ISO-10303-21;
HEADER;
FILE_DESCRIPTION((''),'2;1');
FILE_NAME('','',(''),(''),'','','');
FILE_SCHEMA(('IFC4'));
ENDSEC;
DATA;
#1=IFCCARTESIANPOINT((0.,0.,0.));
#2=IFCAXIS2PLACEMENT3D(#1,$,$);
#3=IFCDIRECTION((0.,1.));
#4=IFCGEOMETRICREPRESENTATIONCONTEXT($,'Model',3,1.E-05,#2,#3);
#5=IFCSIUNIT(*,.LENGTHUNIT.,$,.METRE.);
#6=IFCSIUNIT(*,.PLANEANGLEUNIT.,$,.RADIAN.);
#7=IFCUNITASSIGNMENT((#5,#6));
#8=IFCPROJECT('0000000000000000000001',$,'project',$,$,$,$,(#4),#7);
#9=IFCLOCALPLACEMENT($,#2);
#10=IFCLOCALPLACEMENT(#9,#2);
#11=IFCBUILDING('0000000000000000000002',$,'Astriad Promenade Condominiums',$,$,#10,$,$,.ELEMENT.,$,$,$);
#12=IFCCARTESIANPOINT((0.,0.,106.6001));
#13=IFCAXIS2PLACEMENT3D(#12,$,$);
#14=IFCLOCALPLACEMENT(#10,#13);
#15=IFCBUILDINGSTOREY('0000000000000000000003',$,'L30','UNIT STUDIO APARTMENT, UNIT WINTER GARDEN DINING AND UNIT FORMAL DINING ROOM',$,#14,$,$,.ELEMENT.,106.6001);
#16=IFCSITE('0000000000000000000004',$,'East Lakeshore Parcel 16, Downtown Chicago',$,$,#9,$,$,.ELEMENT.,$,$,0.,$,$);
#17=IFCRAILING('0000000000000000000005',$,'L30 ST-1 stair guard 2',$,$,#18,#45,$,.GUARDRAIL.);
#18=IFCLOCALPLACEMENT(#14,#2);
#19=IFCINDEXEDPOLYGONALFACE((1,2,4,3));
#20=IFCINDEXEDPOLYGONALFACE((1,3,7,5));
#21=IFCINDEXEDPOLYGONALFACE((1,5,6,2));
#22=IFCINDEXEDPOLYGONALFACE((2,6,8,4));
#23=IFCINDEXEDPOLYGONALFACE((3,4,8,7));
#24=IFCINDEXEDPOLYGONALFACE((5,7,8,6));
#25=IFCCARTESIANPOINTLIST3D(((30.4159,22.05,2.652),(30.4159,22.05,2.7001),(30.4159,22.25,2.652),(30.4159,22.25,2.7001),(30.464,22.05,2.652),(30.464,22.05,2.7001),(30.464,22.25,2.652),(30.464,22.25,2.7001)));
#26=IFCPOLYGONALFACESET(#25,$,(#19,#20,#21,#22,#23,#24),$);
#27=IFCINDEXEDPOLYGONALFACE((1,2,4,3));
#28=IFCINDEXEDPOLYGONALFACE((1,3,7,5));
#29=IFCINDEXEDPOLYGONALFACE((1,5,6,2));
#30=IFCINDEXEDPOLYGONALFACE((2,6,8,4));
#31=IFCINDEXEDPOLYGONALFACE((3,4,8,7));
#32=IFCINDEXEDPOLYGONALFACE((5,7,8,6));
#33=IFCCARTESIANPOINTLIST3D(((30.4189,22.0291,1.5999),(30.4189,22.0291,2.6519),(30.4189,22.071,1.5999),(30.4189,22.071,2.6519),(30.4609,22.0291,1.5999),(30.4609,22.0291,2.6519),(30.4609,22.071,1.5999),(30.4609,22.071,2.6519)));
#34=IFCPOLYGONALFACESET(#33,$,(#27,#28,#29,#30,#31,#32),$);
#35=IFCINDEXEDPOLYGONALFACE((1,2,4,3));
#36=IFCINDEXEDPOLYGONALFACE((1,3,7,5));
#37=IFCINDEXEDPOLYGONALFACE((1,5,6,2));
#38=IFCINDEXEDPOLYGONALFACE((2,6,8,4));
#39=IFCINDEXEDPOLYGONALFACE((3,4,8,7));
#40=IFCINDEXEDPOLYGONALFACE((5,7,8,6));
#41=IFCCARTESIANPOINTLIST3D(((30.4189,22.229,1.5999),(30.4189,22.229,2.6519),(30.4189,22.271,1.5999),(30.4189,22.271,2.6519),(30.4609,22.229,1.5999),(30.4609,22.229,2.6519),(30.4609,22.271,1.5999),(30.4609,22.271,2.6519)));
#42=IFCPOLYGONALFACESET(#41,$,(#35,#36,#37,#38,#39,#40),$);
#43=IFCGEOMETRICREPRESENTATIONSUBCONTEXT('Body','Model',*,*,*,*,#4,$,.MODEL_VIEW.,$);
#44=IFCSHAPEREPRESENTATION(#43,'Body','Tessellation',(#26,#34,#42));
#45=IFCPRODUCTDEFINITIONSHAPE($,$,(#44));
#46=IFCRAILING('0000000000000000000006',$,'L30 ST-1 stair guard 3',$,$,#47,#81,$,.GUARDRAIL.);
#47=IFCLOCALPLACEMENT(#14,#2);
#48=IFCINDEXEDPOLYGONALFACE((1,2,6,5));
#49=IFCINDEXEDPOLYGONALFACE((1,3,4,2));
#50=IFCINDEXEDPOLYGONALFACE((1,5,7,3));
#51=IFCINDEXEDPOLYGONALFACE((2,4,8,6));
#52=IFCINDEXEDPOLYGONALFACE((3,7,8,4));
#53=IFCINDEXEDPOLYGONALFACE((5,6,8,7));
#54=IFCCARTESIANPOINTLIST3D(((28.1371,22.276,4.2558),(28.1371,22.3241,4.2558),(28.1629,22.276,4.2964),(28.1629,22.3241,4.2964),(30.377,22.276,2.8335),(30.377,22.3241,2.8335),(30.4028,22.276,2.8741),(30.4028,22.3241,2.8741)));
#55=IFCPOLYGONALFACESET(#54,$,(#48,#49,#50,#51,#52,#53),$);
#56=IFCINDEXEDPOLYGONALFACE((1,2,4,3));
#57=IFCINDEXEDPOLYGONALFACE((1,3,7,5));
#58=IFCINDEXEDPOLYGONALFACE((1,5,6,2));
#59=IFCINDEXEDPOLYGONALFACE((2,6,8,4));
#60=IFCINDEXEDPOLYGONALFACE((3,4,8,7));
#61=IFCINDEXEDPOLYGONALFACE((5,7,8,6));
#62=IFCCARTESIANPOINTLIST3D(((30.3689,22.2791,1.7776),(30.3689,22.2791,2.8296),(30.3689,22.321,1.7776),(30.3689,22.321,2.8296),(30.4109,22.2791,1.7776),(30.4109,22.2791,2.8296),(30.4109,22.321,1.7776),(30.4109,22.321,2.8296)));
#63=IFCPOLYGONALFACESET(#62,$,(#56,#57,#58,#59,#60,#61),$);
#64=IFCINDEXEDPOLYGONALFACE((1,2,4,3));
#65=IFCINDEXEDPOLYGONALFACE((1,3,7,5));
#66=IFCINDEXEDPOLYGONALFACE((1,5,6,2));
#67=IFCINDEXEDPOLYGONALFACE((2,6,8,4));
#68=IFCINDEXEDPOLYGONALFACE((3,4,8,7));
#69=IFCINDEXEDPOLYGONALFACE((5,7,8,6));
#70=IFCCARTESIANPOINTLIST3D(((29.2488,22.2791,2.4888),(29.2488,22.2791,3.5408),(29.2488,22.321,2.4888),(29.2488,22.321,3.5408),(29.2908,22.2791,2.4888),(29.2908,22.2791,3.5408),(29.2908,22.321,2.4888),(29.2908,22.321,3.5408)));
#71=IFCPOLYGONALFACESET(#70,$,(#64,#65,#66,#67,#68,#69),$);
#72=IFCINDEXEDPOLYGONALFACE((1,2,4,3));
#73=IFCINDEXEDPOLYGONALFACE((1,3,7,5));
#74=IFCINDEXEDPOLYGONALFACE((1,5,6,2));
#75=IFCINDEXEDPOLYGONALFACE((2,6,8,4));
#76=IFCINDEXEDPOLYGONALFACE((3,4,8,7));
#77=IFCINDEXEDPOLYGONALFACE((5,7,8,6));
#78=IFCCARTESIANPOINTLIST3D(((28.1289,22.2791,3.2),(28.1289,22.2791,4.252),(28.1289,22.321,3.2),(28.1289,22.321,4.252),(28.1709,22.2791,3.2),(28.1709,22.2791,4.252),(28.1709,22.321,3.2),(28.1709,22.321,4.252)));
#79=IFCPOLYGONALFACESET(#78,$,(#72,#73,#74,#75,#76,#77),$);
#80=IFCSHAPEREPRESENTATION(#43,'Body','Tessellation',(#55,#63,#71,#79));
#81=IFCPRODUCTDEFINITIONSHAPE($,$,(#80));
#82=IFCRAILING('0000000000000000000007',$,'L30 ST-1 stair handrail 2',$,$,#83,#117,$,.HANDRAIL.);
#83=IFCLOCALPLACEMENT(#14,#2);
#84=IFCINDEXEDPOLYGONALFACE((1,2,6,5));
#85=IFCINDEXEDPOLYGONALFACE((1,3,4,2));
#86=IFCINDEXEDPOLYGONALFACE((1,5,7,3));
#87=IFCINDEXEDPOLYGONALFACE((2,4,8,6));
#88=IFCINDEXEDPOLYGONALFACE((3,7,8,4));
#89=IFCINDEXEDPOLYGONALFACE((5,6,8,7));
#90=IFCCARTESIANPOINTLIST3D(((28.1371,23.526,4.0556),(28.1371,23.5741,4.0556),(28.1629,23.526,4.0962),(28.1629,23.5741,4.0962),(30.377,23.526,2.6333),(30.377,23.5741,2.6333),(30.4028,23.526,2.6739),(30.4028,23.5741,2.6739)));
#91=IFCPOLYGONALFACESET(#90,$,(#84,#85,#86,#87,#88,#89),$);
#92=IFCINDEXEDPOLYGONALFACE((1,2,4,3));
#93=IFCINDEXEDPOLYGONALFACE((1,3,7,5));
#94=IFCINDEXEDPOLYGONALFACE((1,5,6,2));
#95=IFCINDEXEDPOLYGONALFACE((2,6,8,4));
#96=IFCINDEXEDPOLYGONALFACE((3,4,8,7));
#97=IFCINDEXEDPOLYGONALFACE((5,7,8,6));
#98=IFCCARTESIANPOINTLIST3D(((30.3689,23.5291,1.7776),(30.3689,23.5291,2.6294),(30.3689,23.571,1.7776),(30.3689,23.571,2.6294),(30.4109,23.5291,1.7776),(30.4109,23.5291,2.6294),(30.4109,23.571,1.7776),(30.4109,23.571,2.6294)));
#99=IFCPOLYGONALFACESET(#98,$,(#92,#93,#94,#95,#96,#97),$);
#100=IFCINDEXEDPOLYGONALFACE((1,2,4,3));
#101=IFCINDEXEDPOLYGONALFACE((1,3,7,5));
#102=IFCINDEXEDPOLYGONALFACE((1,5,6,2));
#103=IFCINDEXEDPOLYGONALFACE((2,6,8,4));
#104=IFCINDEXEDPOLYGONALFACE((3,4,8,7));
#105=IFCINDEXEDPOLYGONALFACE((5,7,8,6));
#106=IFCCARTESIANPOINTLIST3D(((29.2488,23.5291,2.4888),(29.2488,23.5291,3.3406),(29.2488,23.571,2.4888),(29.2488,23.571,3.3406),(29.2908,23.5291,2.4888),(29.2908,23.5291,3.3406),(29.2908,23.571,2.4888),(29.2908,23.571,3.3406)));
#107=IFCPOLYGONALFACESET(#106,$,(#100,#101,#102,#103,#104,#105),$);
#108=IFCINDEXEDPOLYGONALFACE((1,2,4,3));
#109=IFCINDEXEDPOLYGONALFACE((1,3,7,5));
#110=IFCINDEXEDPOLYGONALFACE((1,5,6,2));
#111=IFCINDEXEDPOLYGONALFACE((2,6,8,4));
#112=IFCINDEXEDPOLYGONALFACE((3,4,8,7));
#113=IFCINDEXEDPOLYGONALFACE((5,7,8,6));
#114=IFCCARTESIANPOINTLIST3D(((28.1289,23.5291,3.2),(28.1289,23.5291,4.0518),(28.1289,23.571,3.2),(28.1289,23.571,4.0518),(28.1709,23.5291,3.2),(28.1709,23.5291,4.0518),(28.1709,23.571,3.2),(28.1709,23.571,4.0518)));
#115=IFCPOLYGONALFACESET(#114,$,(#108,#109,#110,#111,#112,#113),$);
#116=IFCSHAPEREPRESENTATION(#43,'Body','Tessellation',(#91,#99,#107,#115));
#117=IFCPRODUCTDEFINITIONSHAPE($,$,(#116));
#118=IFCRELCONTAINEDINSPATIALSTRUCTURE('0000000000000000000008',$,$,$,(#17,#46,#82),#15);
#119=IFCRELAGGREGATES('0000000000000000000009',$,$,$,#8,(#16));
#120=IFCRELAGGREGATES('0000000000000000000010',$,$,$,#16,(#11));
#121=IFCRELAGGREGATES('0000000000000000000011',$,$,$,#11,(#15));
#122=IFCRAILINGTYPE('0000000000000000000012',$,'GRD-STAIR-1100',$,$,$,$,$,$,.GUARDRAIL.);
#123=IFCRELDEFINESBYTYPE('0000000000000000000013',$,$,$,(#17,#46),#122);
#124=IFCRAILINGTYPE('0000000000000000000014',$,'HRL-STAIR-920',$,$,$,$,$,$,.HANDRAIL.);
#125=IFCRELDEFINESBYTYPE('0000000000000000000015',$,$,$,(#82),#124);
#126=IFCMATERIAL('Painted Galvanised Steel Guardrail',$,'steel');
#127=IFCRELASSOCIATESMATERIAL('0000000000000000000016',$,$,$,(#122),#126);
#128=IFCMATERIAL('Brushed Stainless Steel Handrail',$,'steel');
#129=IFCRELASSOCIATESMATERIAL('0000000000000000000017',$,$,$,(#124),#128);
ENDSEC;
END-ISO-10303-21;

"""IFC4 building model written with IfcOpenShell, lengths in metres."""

from ifc_helpers import new_model, si_unit, direction, frame, origin, origin_2d, place, context, subcontext, project, spatial, rectangle, extrude, source, transform, mapped, material, type_object, type_shapes, element, save


model = new_model("IFC4")

# Units and contexts
model_context = context("Model", 3, precision=1e-05, world=origin(), true_north=direction((0.0, 1.0)))
body_context = subcontext(model_context, "Body", "Model", "MODEL_VIEW")
ifc_project = project(units=[si_unit("LENGTHUNIT", "METRE"), si_unit("PLANEANGLEUNIT", "RADIAN")], contexts=[model_context])

# Site, building, storey
site_placement = place(None, origin())
site = spatial("IfcSite", under=ifc_project, at=site_placement, Name="East Lakeshore Parcel 16, Downtown Chicago", CompositionType="ELEMENT", RefElevation=0.0)
building_placement = place(site_placement, origin())
building = spatial("IfcBuilding", under=site, at=building_placement, Name="Astriad Promenade Condominiums", CompositionType="ELEMENT")
storey_placement = place(building_placement, frame((0.0, 0.0, 106.6001)))
storey = spatial("IfcBuildingStorey", under=building, at=storey_placement, Name="L30", Description="UNIT STUDIO APARTMENT, UNIT WINTER GARDEN DINING AND UNIT FORMAL DINING ROOM", CompositionType="ELEMENT", Elevation=106.6001)

# Railings
ifc_material_1 = material(Name="Painted Galvanised Steel Guardrail", Category="steel")
railing_type_1 = type_object("IfcRailingType", Name="GRD-STAIR-1100", PredefinedType="GUARDRAIL", material=ifc_material_1)
shared_shape_1 = source(origin(), body_context, "Body", "SweptSolid", [
    extrude(rectangle(XDim=0.0481, YDim=0.0481, at=origin_2d()), frame((0.0, 0.0, 1.0762), z_axis=(0.0, 1.0, 0.0), x_axis=(-1.0, 0.0, 0.0)), (0.0, 0.0, 1.0), 0.2),
    extrude(rectangle(XDim=0.042, YDim=0.042, at=origin_2d()), origin(), (0.0, 0.0, 1.0), 1.052),
    extrude(rectangle(XDim=0.042, YDim=0.042, at=origin_2d()), frame((0.0, 0.2, 0.0)), (0.0, 0.0, 1.0), 1.052),
])
railing_1_placement = place(storey_placement, frame((30.4399, 22.05, 1.5999)))
element("IfcRailing", 1, at=railing_1_placement, inside=storey, type_object=railing_type_1, Name="L30 ST-1 stair guard 2", PredefinedType="GUARDRAIL", context=body_context, shape_type="MappedRepresentation", body=[
    mapped(shared_shape_1, transform((0.0, 0.0, 0.0), scale=1.0)),
])
shared_shape_2 = source(origin(), body_context, "Body", "SweptSolid", [
    extrude(rectangle(XDim=0.0481, YDim=0.0481, at=origin_2d()), frame((0.0, 0.0, 1.0762), z_axis=(-0.844188, 0.0, 0.536048), x_axis=(0.0, -1.0, 0.0)), (0.0, 0.0, 1.0), 2.6533),
    extrude(rectangle(XDim=0.042, YDim=0.042, at=origin_2d()), origin(), (0.0, 0.0, 1.0), 1.052),
    extrude(rectangle(XDim=0.042, YDim=0.042, at=origin_2d()), frame((-1.1201, 0.0, 0.7112)), (0.0, 0.0, 1.0), 1.052),
    extrude(rectangle(XDim=0.042, YDim=0.042, at=origin_2d()), frame((-2.24, 0.0, 1.4224)), (0.0, 0.0, 1.0), 1.052),
])
type_shapes(railing_type_1, [shared_shape_1, shared_shape_2])
railing_2_placement = place(storey_placement, frame((30.3899, 22.3, 1.7776)))
element("IfcRailing", 2, at=railing_2_placement, inside=storey, type_object=railing_type_1, Name="L30 ST-1 stair guard 3", PredefinedType="GUARDRAIL", context=body_context, shape_type="MappedRepresentation", body=[
    mapped(shared_shape_2, transform((0.0, 0.0, 0.0), scale=1.0)),
])
ifc_material_2 = material(Name="Brushed Stainless Steel Handrail", Category="steel")
railing_type_2 = type_object("IfcRailingType", Name="HRL-STAIR-920", PredefinedType="HANDRAIL", material=ifc_material_2)
shared_shape_3 = source(origin(), body_context, "Body", "SweptSolid", [
    extrude(rectangle(XDim=0.0481, YDim=0.0481, at=origin_2d()), frame((0.0, 0.0, 0.876), z_axis=(-0.844188, 0.0, 0.536048), x_axis=(0.0, -1.0, 0.0)), (0.0, 0.0, 1.0), 2.6533),
    extrude(rectangle(XDim=0.042, YDim=0.042, at=origin_2d()), origin(), (0.0, 0.0, 1.0), 0.8518),
    extrude(rectangle(XDim=0.042, YDim=0.042, at=origin_2d()), frame((-1.1201, 0.0, 0.7112)), (0.0, 0.0, 1.0), 0.8518),
    extrude(rectangle(XDim=0.042, YDim=0.042, at=origin_2d()), frame((-2.24, 0.0, 1.4224)), (0.0, 0.0, 1.0), 0.8518),
])
type_shapes(railing_type_2, [shared_shape_3])
railing_3_placement = place(storey_placement, frame((30.3899, 23.55, 1.7776)))
element("IfcRailing", 3, at=railing_3_placement, inside=storey, type_object=railing_type_2, Name="L30 ST-1 stair handrail 2", PredefinedType="HANDRAIL", context=body_context, shape_type="MappedRepresentation", body=[
    mapped(shared_shape_3, transform((0.0, 0.0, 0.0), scale=1.0)),
])

save(model, "model.ifc")
